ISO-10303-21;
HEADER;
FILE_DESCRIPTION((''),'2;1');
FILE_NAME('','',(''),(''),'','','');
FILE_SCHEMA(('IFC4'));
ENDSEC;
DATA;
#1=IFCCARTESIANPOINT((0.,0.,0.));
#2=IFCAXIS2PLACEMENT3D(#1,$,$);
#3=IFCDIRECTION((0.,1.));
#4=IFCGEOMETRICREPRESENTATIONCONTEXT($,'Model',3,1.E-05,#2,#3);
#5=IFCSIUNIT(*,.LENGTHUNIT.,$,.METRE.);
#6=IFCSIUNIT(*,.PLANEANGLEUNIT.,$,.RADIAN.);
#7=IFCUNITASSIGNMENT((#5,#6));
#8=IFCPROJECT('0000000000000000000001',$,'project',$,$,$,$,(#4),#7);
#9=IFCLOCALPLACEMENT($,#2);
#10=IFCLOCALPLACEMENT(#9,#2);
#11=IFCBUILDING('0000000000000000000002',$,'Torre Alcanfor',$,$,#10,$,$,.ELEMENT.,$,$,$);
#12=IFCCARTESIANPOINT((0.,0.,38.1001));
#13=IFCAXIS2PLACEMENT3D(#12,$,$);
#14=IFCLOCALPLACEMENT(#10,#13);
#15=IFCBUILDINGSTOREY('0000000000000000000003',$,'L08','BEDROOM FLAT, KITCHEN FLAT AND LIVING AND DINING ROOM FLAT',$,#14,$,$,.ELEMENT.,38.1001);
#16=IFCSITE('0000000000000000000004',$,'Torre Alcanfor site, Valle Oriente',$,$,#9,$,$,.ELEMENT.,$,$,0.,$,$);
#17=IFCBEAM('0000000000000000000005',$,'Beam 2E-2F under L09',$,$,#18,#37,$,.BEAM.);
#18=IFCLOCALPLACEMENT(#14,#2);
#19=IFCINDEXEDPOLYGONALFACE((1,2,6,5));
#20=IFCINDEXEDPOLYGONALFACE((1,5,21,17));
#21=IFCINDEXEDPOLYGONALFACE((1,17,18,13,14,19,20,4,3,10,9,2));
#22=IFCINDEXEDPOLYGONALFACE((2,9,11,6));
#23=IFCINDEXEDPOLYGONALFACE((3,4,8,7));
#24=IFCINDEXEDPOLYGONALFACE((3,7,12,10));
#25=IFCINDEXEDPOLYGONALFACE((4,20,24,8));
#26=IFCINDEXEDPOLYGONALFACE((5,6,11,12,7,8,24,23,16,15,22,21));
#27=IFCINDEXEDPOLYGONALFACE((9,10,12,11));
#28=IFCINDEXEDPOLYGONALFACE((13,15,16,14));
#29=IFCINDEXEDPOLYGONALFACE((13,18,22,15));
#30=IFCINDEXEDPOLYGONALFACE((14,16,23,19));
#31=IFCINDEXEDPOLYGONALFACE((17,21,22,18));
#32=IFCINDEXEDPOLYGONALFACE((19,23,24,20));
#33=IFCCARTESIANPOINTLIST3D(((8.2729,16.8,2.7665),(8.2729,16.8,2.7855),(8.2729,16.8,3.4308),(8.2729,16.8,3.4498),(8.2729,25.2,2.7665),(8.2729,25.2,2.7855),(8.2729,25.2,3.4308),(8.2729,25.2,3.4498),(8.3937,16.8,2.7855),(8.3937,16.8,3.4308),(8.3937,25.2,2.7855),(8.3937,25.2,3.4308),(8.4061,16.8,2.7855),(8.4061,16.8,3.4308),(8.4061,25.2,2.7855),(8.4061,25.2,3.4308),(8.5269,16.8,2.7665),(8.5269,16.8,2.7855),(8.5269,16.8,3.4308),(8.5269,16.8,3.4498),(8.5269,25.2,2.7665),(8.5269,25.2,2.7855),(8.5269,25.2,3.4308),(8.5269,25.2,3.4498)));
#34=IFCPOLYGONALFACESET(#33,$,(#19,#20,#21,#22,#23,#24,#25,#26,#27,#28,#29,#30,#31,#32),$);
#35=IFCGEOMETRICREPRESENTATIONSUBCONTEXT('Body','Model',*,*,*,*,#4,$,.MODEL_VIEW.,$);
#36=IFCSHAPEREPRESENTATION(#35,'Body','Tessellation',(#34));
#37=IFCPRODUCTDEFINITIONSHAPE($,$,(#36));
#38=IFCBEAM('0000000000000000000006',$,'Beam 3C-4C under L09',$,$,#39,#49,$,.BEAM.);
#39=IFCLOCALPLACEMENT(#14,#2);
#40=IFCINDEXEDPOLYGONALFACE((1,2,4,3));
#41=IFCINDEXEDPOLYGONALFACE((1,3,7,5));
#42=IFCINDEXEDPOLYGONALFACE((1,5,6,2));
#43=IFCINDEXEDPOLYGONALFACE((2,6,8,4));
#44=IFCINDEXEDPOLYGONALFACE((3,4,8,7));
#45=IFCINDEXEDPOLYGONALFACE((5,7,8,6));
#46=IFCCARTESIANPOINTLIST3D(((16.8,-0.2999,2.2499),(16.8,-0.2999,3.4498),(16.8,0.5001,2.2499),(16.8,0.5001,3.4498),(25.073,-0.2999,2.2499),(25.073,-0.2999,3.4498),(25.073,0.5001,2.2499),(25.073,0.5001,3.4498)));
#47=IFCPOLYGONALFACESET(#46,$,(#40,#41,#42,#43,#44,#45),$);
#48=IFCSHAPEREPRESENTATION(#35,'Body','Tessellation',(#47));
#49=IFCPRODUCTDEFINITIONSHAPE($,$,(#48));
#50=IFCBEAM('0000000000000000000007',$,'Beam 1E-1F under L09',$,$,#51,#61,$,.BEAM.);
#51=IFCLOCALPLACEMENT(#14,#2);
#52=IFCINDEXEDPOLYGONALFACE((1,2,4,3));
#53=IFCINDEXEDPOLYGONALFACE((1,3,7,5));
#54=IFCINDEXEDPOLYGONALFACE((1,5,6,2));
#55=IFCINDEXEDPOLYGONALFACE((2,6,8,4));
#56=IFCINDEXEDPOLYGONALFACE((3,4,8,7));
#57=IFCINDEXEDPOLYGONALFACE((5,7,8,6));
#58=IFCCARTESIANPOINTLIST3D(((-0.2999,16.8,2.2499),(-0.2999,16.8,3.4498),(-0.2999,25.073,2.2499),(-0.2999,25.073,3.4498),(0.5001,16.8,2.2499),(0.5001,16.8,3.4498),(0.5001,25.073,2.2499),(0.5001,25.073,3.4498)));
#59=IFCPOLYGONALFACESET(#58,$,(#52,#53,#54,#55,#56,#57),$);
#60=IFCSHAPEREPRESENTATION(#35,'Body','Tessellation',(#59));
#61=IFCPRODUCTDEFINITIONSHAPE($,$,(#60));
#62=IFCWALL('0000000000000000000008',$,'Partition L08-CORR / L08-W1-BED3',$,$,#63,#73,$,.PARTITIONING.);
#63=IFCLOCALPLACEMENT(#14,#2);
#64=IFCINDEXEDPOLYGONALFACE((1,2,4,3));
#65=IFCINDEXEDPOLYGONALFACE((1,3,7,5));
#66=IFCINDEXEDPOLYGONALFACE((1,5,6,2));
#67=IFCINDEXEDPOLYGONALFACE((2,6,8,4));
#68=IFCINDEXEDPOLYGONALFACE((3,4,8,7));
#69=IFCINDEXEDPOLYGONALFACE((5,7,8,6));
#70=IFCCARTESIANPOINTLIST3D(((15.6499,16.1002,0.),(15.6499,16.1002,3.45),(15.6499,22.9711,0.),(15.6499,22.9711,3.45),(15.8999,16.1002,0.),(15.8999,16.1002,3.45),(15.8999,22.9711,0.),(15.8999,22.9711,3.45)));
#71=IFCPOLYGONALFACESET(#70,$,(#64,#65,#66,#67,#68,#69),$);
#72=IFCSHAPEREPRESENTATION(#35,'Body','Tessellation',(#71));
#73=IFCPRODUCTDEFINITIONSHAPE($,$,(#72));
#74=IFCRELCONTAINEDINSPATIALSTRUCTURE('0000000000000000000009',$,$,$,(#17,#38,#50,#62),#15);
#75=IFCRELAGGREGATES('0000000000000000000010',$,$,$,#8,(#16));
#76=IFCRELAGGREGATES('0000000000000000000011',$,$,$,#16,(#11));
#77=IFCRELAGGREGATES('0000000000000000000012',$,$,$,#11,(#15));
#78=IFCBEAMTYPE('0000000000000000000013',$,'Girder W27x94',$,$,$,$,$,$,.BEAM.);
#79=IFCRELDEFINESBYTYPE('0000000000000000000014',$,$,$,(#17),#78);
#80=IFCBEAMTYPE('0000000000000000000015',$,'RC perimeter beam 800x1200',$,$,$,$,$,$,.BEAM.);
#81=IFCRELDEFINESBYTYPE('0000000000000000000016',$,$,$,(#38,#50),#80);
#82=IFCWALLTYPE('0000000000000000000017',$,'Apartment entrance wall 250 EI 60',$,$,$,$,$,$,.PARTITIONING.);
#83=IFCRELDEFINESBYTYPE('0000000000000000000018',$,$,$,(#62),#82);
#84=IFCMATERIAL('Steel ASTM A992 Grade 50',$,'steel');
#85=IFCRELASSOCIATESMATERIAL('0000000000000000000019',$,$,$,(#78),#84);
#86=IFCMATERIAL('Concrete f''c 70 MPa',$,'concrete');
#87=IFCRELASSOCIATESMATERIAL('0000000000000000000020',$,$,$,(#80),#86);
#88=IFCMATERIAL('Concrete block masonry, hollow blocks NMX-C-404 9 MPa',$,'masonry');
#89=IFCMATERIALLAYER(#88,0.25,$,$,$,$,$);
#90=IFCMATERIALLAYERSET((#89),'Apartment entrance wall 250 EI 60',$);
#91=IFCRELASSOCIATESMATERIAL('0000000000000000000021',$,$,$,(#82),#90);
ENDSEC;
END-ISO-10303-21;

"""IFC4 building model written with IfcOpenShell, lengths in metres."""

from ifc_helpers import new_model, si_unit, direction, frame, frame_2d, origin, origin_2d, place, context, subcontext, project, spatial, rectangle, i_section, extrude, material, layer, layer_set, material_profile, profile_set, type_object, element, save


model = new_model("IFC4")

# Units and contexts
model_context = context("Model", 3, precision=1e-05, world=origin(), true_north=direction((0.0, 1.0)))
body_context = subcontext(model_context, "Body", "Model", "MODEL_VIEW")
ifc_project = project(units=[si_unit("LENGTHUNIT", "METRE"), si_unit("PLANEANGLEUNIT", "RADIAN")], contexts=[model_context])

# Site, building, storey
site_placement = place(None, origin())
site = spatial("IfcSite", under=ifc_project, at=site_placement, Name="Torre Alcanfor site, Valle Oriente", CompositionType="ELEMENT", RefElevation=0.0)
building_placement = place(site_placement, origin())
building = spatial("IfcBuilding", under=site, at=building_placement, Name="Torre Alcanfor", CompositionType="ELEMENT")
storey_placement = place(building_placement, frame((0.0, 0.0, 38.1001)))
storey = spatial("IfcBuildingStorey", under=building, at=storey_placement, Name="L08", Description="BEDROOM FLAT, KITCHEN FLAT AND LIVING AND DINING ROOM FLAT", CompositionType="ELEMENT", Elevation=38.1001)

# Beams
ifc_material_1 = material(Name="Steel ASTM A992 Grade 50", Category="steel")
ifc_material_profile_1 = material_profile(ifc_material_1, i_section(OverallWidth=0.2539, OverallDepth=0.6833, WebThickness=0.0125, FlangeThickness=0.019, at=origin_2d()), Name="W27x94")
ifc_profile_set_1 = profile_set([ifc_material_profile_1], Name="Steel ASTM A992 Grade 50")
beam_type_1 = type_object("IfcBeamType", Name="Girder W27x94", PredefinedType="BEAM", material=ifc_profile_set_1)
beam_placement = place(storey_placement, frame((8.3999, 16.8, 3.1082), z_axis=(0.0, 1.0, 0.0), x_axis=(-1.0, 0.0, 0.0)))
element("IfcBeam", 1, at=beam_placement, inside=storey, type_object=beam_type_1, Name="Beam 2E-2F under L09", PredefinedType="BEAM", context=body_context, shape_type="SweptSolid", body=[
    extrude(i_section(OverallWidth=0.2539, OverallDepth=0.6833, WebThickness=0.0125, FlangeThickness=0.019, at=origin_2d()), origin(), (0.0, 0.0, 1.0), 8.3999),
])
ifc_material_2 = material(Name="Concrete f'c 70 MPa", Category="concrete")
ifc_material_profile_2 = material_profile(ifc_material_2, rectangle(XDim=0.8, YDim=1.2, at=origin_2d()), Name="800x1200")
ifc_profile_set_2 = profile_set([ifc_material_profile_2], Name="Concrete f'c 70 MPa")
beam_type_2 = type_object("IfcBeamType", Name="RC perimeter beam 800x1200", PredefinedType="BEAM", material=ifc_profile_set_2)
for number, where, z_axis, x_axis, name in (
    (2, (16.8, 0.1001, 2.8499), (1.0, 0.0, 0.0), (0.0, 1.0, 0.0), "Beam 3C-4C under L09"),
    (3, (0.1001, 16.8, 2.8499), (0.0, 1.0, 0.0), (-1.0, 0.0, 0.0), "Beam 1E-1F under L09"),
):
    element("IfcBeam", number, at=place(storey_placement, frame(where, z_axis=z_axis, x_axis=x_axis)), inside=storey, type_object=beam_type_2, Name=name, PredefinedType="BEAM", context=body_context, shape_type="SweptSolid", body=[
        extrude(rectangle(XDim=0.8, YDim=1.2, at=origin_2d()), origin(), (0.0, 0.0, 1.0), 8.2729),
    ])

# Wall
ifc_material_3 = material(Name="Concrete block masonry, hollow blocks NMX-C-404 9 MPa", Category="masonry")
ifc_layer_1 = layer(ifc_material_3, 0.25)
ifc_layer_set_1 = layer_set([ifc_layer_1], Name="Apartment entrance wall 250 EI 60")
wall_type_1 = type_object("IfcWallType", Name="Apartment entrance wall 250 EI 60", PredefinedType="PARTITIONING", material=ifc_layer_set_1)
wall_1_placement = place(storey_placement, frame((15.7749, 16.1001, 0.0), z_axis=(0.0, 0.0, 1.0), x_axis=(0.0, 1.0, 0.0)))
element("IfcWall", 4, at=wall_1_placement, inside=storey, type_object=wall_type_1, Name="Partition L08-CORR / L08-W1-BED3", PredefinedType="PARTITIONING", context=body_context, shape_type="SweptSolid", body=[
    extrude(rectangle(XDim=6.8708, YDim=0.25, at=frame_2d((3.4355, 0.0))), origin(), (0.0, 0.0, 1.0), 3.45),
])

save(model, "model.ifc")
